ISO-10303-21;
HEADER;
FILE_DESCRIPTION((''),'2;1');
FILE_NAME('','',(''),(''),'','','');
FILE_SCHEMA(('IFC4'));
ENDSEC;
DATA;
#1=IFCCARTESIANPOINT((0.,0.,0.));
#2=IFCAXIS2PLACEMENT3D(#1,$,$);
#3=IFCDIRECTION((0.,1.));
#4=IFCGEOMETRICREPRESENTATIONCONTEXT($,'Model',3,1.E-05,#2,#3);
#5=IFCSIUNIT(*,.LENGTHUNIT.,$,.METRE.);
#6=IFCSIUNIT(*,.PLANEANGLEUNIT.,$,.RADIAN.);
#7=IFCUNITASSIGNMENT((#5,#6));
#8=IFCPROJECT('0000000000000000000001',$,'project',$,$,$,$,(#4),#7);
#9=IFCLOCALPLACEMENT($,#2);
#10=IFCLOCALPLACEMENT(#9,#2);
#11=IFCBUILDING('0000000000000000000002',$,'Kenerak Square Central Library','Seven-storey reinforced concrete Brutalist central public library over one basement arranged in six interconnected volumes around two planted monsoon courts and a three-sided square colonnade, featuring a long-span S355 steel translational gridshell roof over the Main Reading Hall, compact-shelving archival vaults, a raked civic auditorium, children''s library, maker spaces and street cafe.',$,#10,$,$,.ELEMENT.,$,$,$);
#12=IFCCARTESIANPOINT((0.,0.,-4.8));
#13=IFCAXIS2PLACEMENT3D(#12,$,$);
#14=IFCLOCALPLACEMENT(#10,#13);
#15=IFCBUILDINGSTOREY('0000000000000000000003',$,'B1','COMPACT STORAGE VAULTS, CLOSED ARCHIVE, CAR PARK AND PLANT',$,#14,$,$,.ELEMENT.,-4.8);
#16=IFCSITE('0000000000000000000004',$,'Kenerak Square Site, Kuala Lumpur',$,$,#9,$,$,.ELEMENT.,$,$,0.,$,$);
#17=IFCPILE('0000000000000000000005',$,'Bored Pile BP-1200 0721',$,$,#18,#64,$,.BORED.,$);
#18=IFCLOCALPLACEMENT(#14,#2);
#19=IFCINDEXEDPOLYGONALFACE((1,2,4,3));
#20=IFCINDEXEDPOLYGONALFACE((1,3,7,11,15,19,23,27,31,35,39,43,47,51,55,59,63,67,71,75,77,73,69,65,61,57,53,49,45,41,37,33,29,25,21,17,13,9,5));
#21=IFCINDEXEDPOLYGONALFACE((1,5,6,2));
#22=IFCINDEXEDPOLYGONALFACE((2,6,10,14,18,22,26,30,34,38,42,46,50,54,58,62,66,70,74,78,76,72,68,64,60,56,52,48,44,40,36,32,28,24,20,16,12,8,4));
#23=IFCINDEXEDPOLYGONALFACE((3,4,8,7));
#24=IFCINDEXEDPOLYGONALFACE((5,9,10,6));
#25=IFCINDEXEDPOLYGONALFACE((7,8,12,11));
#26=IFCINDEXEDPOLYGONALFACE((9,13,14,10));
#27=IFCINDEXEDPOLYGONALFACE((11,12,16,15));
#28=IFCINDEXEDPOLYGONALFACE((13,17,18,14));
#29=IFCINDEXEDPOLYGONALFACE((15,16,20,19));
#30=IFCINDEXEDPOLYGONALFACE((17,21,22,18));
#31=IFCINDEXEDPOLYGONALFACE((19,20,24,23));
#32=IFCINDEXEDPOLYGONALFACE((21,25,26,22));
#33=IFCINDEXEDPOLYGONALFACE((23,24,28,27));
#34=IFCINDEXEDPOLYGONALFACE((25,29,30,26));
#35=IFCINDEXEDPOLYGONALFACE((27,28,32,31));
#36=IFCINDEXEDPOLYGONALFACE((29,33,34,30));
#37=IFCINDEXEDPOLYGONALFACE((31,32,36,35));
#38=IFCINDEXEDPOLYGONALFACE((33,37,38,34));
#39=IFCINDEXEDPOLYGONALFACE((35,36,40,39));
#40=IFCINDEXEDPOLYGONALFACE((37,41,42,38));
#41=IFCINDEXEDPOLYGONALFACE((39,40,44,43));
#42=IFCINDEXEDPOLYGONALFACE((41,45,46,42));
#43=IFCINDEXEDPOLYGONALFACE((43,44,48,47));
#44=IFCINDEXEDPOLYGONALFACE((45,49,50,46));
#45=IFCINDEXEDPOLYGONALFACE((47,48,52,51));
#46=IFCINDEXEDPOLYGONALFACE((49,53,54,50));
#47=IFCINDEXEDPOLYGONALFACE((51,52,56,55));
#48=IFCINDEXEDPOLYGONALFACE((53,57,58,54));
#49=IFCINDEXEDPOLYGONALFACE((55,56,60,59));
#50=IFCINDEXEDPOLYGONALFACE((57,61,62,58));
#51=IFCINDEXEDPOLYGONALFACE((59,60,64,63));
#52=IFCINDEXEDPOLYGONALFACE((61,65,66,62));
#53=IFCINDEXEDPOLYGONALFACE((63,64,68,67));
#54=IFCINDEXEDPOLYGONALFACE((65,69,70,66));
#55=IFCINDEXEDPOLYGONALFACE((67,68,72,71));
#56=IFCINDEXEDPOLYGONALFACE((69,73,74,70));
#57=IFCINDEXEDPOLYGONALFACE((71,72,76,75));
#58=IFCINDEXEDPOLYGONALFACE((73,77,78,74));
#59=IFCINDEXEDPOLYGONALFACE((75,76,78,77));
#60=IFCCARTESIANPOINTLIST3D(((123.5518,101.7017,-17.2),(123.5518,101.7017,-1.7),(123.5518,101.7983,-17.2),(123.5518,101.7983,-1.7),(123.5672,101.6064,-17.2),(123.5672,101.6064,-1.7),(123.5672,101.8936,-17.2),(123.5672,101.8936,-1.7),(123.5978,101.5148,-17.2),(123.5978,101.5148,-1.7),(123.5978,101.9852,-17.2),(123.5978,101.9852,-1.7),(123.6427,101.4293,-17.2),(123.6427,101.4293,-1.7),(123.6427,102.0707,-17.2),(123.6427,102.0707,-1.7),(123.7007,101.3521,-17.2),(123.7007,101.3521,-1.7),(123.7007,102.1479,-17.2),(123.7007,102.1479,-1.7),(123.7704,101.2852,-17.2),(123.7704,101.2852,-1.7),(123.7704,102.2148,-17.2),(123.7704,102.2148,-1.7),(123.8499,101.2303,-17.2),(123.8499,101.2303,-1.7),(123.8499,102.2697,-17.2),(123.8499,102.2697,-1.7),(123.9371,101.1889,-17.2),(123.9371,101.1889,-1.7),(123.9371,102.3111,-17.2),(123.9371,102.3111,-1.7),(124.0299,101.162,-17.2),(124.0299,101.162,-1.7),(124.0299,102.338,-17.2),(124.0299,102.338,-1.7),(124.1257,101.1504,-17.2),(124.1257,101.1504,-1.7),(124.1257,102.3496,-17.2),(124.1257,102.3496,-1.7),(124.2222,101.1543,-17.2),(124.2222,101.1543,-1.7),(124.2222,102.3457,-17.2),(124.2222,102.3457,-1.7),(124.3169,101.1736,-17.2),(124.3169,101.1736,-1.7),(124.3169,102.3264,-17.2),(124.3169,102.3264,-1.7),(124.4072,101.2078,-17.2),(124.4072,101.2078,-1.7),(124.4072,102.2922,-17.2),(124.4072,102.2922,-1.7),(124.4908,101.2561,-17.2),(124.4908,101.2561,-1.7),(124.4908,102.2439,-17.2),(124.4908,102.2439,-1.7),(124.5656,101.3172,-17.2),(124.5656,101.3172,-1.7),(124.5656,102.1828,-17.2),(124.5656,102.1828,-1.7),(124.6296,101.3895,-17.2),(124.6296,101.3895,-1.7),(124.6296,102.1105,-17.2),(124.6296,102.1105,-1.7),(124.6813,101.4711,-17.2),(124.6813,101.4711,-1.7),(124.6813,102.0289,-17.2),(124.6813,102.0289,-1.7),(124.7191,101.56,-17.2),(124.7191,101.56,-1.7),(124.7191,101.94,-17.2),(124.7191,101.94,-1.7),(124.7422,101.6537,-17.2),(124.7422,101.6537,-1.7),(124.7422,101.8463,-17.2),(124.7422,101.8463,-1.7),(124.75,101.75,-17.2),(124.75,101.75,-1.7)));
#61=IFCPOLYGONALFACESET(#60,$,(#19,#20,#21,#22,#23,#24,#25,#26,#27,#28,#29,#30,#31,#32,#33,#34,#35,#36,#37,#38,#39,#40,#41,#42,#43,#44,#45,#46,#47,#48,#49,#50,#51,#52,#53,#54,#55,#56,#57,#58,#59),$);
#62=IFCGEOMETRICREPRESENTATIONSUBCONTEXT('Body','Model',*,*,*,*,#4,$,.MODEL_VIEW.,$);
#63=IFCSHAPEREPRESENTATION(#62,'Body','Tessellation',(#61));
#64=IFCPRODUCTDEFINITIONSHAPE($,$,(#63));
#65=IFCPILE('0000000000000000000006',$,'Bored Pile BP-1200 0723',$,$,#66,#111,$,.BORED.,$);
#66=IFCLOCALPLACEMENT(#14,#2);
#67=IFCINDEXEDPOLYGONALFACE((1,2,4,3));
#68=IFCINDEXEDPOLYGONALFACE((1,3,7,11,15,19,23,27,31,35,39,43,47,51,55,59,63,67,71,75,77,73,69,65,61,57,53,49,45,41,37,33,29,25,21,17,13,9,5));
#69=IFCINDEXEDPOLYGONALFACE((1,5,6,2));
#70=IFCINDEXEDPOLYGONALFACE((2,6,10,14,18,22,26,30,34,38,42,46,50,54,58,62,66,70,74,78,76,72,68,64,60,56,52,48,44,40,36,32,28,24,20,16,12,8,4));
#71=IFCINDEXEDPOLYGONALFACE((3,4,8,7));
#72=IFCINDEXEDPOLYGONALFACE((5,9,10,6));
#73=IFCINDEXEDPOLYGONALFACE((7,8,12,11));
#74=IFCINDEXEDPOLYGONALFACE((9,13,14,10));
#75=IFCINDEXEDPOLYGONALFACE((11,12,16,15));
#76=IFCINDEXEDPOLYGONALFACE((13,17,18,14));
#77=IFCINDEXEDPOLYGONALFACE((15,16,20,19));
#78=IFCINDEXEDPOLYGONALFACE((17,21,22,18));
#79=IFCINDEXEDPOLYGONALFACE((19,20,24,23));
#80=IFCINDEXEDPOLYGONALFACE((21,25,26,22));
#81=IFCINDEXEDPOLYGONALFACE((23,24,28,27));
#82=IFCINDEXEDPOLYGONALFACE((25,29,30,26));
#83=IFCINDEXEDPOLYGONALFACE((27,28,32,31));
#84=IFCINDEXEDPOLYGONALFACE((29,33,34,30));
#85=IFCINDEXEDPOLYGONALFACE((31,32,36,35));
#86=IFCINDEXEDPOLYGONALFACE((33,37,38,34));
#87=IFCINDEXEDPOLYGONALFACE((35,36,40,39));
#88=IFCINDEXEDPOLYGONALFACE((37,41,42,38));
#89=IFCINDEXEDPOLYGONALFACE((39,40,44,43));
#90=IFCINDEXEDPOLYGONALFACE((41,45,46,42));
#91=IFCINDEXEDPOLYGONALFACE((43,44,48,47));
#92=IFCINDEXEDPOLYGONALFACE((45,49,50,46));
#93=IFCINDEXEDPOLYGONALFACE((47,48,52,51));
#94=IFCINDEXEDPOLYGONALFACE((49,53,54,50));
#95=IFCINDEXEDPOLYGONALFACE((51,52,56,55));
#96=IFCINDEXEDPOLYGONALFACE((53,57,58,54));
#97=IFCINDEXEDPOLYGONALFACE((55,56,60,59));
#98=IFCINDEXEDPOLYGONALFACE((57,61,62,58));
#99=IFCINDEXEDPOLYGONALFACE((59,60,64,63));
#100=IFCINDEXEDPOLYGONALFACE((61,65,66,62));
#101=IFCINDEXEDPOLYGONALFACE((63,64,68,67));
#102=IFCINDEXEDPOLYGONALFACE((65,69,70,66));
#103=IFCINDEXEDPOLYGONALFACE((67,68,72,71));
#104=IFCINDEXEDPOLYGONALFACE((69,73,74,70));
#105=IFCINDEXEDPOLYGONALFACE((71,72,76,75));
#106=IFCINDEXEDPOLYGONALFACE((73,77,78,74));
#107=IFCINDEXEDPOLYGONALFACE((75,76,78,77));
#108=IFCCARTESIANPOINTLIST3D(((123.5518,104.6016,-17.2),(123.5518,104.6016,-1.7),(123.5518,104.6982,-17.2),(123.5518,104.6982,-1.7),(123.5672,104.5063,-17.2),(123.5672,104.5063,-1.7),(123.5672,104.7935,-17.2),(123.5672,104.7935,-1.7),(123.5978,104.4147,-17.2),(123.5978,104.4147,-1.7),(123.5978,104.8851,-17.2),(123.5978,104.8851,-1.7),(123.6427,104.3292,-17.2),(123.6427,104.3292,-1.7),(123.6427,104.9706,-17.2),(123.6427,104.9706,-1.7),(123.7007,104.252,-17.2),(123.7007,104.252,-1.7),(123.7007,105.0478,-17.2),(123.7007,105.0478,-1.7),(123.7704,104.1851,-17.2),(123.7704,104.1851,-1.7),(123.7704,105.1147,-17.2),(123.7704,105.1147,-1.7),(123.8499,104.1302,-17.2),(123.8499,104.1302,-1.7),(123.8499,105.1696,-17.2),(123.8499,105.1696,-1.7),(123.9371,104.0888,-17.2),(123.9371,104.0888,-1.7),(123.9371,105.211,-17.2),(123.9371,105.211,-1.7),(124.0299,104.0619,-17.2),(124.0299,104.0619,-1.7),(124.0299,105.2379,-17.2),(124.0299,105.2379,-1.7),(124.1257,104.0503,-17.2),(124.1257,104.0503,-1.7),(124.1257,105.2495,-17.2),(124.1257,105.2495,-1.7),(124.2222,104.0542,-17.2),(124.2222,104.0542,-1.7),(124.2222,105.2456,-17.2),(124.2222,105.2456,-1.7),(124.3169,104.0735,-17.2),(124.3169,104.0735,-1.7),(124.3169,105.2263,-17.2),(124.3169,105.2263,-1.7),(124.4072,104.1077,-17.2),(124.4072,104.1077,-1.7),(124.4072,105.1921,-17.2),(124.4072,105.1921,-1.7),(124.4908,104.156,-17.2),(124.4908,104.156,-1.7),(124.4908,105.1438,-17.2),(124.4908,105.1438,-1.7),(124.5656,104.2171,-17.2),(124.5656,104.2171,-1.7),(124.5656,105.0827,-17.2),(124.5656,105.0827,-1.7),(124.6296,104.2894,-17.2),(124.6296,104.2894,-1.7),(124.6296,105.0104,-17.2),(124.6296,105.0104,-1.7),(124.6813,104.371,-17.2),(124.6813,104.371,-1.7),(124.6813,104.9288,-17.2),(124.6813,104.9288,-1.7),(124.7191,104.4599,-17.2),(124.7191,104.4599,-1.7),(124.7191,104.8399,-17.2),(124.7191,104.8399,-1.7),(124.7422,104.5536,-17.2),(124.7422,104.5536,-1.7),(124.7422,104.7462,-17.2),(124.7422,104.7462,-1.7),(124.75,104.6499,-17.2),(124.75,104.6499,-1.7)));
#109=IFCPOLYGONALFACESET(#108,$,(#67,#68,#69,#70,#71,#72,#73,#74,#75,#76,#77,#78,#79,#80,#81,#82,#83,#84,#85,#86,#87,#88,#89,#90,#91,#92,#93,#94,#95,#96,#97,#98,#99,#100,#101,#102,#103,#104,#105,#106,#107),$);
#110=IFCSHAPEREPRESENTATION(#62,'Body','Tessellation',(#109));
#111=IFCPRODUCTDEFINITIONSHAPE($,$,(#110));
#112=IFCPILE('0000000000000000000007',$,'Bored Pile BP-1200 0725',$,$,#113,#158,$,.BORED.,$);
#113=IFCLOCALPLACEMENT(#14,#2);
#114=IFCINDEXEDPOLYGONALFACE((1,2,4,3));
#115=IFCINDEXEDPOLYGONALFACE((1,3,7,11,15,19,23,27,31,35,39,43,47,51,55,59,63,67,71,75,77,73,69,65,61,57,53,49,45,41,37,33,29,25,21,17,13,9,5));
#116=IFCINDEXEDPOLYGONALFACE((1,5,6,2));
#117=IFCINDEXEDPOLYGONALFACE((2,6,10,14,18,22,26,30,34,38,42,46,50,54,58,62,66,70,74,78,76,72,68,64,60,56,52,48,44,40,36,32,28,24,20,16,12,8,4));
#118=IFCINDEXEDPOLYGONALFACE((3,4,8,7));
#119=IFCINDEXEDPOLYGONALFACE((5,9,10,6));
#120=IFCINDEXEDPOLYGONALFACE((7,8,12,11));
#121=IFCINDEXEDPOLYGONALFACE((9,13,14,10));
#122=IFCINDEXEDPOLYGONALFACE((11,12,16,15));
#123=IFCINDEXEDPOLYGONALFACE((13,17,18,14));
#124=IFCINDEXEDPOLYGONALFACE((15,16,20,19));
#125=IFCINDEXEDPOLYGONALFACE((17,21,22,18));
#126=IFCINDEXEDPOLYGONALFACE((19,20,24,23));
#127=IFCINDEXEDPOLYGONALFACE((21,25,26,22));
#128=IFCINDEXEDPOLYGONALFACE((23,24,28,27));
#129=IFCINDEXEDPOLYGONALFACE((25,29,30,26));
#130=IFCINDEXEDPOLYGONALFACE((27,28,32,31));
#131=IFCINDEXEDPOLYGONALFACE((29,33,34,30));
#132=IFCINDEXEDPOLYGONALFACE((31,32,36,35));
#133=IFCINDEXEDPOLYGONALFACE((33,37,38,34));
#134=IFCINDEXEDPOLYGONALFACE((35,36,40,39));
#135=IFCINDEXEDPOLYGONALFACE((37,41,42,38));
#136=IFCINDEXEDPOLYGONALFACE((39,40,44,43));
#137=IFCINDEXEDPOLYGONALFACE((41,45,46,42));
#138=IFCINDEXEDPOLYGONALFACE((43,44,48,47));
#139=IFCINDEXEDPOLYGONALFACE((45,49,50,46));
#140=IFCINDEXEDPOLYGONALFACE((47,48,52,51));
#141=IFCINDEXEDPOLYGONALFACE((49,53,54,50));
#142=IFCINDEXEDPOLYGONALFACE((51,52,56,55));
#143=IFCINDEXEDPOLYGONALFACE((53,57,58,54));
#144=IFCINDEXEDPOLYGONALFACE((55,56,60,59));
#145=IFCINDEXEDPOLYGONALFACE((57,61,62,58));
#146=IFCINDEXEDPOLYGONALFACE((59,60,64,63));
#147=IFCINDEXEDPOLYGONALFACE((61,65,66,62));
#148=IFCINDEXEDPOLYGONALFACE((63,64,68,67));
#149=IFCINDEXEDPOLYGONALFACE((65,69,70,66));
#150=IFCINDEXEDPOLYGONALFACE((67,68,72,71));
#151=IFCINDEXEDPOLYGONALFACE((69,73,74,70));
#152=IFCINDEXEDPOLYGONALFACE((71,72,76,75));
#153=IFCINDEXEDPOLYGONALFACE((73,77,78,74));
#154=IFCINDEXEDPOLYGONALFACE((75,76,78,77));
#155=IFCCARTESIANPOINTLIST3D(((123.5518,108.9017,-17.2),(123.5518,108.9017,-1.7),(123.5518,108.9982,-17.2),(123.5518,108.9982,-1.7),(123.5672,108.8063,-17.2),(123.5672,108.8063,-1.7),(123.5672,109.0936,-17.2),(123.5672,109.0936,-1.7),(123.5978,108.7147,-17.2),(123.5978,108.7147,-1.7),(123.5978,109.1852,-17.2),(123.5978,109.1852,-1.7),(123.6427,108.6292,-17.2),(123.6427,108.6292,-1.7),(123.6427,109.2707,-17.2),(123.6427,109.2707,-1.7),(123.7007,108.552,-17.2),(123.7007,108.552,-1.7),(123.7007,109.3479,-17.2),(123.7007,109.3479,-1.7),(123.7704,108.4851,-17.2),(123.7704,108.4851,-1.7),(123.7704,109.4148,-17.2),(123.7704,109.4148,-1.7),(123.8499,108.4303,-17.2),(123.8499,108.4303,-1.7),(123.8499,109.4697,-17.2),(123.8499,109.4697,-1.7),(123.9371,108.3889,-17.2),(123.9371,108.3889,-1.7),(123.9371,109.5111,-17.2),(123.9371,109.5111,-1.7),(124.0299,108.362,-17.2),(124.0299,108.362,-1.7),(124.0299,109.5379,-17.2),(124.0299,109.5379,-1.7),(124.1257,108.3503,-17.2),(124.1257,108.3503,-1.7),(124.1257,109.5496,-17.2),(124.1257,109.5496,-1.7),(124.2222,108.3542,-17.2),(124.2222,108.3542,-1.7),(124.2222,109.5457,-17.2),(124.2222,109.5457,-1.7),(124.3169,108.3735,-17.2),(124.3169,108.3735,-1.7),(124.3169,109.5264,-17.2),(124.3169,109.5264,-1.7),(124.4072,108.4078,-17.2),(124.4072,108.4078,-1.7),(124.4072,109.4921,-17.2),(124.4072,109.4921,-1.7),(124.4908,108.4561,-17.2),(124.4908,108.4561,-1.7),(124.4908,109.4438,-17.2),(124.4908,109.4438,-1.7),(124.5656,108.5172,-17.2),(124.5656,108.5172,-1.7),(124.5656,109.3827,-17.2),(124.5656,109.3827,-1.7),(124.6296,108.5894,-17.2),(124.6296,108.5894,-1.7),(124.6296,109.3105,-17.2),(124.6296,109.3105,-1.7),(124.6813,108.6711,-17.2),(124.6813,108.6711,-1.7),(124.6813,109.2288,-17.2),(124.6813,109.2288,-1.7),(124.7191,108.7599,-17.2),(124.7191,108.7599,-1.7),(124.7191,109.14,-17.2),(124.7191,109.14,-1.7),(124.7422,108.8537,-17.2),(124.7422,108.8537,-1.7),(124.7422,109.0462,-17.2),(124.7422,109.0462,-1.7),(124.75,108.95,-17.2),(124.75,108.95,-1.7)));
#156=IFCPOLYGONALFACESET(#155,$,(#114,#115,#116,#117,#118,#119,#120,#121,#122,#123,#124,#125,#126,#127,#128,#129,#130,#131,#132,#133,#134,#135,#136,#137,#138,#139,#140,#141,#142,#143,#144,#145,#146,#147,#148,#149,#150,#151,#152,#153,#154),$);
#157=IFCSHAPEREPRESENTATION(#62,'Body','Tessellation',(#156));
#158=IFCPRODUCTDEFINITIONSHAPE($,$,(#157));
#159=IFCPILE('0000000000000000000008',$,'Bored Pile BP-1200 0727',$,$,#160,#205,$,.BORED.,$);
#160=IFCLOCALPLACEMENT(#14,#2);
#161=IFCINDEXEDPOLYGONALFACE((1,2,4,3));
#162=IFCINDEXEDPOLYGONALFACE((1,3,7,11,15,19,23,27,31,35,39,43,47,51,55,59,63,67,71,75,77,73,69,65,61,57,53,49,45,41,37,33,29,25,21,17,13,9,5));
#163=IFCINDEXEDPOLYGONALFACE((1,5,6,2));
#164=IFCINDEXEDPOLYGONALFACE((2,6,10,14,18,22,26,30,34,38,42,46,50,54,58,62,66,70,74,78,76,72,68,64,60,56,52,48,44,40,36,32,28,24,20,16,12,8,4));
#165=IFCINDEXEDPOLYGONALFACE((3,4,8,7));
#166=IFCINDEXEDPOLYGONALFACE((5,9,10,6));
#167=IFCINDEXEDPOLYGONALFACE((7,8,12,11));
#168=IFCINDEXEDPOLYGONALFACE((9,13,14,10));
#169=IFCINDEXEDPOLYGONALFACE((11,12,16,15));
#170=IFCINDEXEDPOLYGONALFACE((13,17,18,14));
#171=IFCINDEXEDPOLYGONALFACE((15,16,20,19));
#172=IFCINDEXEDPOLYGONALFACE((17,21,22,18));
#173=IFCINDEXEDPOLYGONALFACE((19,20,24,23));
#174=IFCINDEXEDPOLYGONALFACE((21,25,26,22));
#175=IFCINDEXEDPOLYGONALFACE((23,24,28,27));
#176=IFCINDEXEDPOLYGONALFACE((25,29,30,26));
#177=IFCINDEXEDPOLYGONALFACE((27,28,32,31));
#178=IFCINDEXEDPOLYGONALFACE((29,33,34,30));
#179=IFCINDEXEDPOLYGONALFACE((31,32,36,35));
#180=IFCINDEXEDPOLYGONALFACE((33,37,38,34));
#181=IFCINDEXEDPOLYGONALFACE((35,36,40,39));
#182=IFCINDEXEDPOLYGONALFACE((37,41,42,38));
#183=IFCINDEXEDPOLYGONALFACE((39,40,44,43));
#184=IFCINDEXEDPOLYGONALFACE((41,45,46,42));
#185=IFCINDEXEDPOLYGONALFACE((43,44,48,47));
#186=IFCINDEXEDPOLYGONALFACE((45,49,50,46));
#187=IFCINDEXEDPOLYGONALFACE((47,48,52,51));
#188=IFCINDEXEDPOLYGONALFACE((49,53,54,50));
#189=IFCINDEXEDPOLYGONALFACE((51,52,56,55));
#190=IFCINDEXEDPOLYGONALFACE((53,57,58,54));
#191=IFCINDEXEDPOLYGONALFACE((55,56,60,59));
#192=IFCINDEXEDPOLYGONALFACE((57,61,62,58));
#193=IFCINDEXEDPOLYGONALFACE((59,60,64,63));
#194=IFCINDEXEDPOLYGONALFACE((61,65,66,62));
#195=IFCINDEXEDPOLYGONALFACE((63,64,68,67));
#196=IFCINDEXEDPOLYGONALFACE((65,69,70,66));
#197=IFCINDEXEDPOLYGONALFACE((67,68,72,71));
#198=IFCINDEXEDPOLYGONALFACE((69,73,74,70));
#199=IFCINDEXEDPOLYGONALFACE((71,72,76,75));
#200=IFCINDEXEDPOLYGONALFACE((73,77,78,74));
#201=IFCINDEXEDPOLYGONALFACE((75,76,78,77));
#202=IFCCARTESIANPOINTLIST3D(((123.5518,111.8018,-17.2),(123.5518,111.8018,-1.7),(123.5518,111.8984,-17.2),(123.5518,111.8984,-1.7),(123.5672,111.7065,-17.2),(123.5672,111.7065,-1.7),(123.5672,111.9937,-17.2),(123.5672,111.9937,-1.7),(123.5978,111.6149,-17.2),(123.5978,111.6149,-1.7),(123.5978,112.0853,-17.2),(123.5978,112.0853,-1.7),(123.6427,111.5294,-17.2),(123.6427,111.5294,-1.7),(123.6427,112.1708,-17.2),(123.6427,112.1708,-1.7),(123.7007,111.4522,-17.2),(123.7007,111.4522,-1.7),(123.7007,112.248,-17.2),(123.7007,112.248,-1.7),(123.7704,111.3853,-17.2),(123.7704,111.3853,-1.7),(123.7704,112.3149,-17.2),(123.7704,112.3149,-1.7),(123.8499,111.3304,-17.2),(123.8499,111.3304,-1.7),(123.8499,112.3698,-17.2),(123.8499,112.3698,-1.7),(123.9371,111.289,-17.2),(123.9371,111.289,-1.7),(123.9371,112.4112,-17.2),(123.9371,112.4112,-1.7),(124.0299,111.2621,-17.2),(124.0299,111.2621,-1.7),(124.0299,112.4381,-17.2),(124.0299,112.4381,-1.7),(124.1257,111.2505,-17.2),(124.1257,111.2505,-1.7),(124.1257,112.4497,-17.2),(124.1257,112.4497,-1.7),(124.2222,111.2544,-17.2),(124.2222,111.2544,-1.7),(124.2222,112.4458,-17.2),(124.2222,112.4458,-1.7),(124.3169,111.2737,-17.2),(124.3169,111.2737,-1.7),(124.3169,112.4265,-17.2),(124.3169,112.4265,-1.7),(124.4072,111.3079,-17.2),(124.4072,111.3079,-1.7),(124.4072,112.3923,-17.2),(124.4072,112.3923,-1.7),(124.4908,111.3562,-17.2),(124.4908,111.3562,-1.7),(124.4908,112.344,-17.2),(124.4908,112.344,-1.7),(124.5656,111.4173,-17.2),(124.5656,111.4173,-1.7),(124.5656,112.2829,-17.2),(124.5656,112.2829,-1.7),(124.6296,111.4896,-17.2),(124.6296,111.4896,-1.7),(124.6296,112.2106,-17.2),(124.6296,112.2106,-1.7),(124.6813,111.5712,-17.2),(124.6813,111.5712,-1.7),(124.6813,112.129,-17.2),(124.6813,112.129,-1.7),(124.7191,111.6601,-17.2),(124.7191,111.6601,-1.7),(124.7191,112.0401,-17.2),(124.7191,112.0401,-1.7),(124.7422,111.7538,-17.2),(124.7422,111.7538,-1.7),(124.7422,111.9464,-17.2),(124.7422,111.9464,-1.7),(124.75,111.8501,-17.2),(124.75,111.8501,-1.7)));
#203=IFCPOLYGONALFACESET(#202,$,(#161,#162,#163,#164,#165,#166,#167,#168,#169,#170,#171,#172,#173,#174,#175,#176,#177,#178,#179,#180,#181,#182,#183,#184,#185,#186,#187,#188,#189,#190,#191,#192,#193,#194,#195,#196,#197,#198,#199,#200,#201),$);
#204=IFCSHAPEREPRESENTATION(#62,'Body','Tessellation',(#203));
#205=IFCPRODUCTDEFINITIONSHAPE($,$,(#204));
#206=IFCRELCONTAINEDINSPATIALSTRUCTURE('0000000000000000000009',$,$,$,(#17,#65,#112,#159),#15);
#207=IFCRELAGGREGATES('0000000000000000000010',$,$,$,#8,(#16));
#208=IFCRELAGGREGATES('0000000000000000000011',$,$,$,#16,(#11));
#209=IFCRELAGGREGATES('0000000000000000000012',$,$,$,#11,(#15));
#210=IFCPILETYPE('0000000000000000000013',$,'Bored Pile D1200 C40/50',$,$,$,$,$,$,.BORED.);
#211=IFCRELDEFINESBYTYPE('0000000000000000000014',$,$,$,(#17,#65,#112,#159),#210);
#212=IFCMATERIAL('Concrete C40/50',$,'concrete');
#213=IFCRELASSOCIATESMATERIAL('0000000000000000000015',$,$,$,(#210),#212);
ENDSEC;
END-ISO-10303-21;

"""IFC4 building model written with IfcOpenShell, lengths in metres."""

from ifc_helpers import new_model, si_unit, direction, frame, origin, origin_2d, place, context, subcontext, project, spatial, circle, extrude, material, material_profile, profile_set, type_object, element, save


model = new_model("IFC4")

# Units and contexts
model_context = context("Model", 3, precision=1e-05, world=origin(), true_north=direction((0.0, 1.0)))
body_context = subcontext(model_context, "Body", "Model", "MODEL_VIEW")
ifc_project = project(units=[si_unit("LENGTHUNIT", "METRE"), si_unit("PLANEANGLEUNIT", "RADIAN")], contexts=[model_context])

# Site, building, storey
site_placement = place(None, origin())
site = spatial("IfcSite", under=ifc_project, at=site_placement, Name="Kenerak Square Site, Kuala Lumpur", CompositionType="ELEMENT", RefElevation=0.0)
building_placement = place(site_placement, origin())
building = spatial("IfcBuilding", under=site, at=building_placement, Name="Kenerak Square Central Library", Description="Seven-storey reinforced concrete Brutalist central public library over one basement arranged in six interconnected volumes around two planted monsoon courts and a three-sided square colonnade, featuring a long-span S355 steel translational gridshell roof over the Main Reading Hall, compact-shelving archival vaults, a raked civic auditorium, children's library, maker spaces and street cafe.", CompositionType="ELEMENT")
storey_placement = place(building_placement, frame((0.0, 0.0, -4.8)))
storey = spatial("IfcBuildingStorey", under=building, at=storey_placement, Name="B1", Description="COMPACT STORAGE VAULTS, CLOSED ARCHIVE, CAR PARK AND PLANT", CompositionType="ELEMENT", Elevation=-4.8)

# Piles
ifc_material_1 = material(Name="Concrete C40/50", Category="concrete")
ifc_material_profile_1 = material_profile(ifc_material_1, circle(Radius=0.6001, at=origin_2d()), Name="BP D1200")
ifc_profile_set_1 = profile_set([ifc_material_profile_1], Name="Concrete C40/50")
pile_type = type_object("IfcPileType", Name="Bored Pile D1200 C40/50", PredefinedType="BORED", material=ifc_profile_set_1)
for number, where, z_axis, x_axis, name in (
    (1, (124.1499, 101.75, -1.7), (0.0, 0.0, -1.0), (1.0, 0.0, 0.0), "Bored Pile BP-1200 0721"),
    (2, (124.1499, 104.6499, -1.7), (0.0, 0.0, -1.0), (1.0, 0.0, 0.0), "Bored Pile BP-1200 0723"),
    (3, (124.1499, 108.95, -1.7), (0.0, 0.0, -1.0), (1.0, 0.0, 0.0), "Bored Pile BP-1200 0725"),
    (4, (124.1499, 111.8501, -1.7), (0.0, 0.0, -1.0), (1.0, 0.0, 0.0), "Bored Pile BP-1200 0727"),
):
    element("IfcPile", number, at=place(storey_placement, frame(where, z_axis=z_axis, x_axis=x_axis)), inside=storey, type_object=pile_type, Name=name, PredefinedType="BORED", context=body_context, shape_type="SweptSolid", body=[
        extrude(circle(Radius=0.6001, at=origin_2d()), origin(), (0.0, 0.0, 1.0), 15.5),
    ])

save(model, "model.ifc")
